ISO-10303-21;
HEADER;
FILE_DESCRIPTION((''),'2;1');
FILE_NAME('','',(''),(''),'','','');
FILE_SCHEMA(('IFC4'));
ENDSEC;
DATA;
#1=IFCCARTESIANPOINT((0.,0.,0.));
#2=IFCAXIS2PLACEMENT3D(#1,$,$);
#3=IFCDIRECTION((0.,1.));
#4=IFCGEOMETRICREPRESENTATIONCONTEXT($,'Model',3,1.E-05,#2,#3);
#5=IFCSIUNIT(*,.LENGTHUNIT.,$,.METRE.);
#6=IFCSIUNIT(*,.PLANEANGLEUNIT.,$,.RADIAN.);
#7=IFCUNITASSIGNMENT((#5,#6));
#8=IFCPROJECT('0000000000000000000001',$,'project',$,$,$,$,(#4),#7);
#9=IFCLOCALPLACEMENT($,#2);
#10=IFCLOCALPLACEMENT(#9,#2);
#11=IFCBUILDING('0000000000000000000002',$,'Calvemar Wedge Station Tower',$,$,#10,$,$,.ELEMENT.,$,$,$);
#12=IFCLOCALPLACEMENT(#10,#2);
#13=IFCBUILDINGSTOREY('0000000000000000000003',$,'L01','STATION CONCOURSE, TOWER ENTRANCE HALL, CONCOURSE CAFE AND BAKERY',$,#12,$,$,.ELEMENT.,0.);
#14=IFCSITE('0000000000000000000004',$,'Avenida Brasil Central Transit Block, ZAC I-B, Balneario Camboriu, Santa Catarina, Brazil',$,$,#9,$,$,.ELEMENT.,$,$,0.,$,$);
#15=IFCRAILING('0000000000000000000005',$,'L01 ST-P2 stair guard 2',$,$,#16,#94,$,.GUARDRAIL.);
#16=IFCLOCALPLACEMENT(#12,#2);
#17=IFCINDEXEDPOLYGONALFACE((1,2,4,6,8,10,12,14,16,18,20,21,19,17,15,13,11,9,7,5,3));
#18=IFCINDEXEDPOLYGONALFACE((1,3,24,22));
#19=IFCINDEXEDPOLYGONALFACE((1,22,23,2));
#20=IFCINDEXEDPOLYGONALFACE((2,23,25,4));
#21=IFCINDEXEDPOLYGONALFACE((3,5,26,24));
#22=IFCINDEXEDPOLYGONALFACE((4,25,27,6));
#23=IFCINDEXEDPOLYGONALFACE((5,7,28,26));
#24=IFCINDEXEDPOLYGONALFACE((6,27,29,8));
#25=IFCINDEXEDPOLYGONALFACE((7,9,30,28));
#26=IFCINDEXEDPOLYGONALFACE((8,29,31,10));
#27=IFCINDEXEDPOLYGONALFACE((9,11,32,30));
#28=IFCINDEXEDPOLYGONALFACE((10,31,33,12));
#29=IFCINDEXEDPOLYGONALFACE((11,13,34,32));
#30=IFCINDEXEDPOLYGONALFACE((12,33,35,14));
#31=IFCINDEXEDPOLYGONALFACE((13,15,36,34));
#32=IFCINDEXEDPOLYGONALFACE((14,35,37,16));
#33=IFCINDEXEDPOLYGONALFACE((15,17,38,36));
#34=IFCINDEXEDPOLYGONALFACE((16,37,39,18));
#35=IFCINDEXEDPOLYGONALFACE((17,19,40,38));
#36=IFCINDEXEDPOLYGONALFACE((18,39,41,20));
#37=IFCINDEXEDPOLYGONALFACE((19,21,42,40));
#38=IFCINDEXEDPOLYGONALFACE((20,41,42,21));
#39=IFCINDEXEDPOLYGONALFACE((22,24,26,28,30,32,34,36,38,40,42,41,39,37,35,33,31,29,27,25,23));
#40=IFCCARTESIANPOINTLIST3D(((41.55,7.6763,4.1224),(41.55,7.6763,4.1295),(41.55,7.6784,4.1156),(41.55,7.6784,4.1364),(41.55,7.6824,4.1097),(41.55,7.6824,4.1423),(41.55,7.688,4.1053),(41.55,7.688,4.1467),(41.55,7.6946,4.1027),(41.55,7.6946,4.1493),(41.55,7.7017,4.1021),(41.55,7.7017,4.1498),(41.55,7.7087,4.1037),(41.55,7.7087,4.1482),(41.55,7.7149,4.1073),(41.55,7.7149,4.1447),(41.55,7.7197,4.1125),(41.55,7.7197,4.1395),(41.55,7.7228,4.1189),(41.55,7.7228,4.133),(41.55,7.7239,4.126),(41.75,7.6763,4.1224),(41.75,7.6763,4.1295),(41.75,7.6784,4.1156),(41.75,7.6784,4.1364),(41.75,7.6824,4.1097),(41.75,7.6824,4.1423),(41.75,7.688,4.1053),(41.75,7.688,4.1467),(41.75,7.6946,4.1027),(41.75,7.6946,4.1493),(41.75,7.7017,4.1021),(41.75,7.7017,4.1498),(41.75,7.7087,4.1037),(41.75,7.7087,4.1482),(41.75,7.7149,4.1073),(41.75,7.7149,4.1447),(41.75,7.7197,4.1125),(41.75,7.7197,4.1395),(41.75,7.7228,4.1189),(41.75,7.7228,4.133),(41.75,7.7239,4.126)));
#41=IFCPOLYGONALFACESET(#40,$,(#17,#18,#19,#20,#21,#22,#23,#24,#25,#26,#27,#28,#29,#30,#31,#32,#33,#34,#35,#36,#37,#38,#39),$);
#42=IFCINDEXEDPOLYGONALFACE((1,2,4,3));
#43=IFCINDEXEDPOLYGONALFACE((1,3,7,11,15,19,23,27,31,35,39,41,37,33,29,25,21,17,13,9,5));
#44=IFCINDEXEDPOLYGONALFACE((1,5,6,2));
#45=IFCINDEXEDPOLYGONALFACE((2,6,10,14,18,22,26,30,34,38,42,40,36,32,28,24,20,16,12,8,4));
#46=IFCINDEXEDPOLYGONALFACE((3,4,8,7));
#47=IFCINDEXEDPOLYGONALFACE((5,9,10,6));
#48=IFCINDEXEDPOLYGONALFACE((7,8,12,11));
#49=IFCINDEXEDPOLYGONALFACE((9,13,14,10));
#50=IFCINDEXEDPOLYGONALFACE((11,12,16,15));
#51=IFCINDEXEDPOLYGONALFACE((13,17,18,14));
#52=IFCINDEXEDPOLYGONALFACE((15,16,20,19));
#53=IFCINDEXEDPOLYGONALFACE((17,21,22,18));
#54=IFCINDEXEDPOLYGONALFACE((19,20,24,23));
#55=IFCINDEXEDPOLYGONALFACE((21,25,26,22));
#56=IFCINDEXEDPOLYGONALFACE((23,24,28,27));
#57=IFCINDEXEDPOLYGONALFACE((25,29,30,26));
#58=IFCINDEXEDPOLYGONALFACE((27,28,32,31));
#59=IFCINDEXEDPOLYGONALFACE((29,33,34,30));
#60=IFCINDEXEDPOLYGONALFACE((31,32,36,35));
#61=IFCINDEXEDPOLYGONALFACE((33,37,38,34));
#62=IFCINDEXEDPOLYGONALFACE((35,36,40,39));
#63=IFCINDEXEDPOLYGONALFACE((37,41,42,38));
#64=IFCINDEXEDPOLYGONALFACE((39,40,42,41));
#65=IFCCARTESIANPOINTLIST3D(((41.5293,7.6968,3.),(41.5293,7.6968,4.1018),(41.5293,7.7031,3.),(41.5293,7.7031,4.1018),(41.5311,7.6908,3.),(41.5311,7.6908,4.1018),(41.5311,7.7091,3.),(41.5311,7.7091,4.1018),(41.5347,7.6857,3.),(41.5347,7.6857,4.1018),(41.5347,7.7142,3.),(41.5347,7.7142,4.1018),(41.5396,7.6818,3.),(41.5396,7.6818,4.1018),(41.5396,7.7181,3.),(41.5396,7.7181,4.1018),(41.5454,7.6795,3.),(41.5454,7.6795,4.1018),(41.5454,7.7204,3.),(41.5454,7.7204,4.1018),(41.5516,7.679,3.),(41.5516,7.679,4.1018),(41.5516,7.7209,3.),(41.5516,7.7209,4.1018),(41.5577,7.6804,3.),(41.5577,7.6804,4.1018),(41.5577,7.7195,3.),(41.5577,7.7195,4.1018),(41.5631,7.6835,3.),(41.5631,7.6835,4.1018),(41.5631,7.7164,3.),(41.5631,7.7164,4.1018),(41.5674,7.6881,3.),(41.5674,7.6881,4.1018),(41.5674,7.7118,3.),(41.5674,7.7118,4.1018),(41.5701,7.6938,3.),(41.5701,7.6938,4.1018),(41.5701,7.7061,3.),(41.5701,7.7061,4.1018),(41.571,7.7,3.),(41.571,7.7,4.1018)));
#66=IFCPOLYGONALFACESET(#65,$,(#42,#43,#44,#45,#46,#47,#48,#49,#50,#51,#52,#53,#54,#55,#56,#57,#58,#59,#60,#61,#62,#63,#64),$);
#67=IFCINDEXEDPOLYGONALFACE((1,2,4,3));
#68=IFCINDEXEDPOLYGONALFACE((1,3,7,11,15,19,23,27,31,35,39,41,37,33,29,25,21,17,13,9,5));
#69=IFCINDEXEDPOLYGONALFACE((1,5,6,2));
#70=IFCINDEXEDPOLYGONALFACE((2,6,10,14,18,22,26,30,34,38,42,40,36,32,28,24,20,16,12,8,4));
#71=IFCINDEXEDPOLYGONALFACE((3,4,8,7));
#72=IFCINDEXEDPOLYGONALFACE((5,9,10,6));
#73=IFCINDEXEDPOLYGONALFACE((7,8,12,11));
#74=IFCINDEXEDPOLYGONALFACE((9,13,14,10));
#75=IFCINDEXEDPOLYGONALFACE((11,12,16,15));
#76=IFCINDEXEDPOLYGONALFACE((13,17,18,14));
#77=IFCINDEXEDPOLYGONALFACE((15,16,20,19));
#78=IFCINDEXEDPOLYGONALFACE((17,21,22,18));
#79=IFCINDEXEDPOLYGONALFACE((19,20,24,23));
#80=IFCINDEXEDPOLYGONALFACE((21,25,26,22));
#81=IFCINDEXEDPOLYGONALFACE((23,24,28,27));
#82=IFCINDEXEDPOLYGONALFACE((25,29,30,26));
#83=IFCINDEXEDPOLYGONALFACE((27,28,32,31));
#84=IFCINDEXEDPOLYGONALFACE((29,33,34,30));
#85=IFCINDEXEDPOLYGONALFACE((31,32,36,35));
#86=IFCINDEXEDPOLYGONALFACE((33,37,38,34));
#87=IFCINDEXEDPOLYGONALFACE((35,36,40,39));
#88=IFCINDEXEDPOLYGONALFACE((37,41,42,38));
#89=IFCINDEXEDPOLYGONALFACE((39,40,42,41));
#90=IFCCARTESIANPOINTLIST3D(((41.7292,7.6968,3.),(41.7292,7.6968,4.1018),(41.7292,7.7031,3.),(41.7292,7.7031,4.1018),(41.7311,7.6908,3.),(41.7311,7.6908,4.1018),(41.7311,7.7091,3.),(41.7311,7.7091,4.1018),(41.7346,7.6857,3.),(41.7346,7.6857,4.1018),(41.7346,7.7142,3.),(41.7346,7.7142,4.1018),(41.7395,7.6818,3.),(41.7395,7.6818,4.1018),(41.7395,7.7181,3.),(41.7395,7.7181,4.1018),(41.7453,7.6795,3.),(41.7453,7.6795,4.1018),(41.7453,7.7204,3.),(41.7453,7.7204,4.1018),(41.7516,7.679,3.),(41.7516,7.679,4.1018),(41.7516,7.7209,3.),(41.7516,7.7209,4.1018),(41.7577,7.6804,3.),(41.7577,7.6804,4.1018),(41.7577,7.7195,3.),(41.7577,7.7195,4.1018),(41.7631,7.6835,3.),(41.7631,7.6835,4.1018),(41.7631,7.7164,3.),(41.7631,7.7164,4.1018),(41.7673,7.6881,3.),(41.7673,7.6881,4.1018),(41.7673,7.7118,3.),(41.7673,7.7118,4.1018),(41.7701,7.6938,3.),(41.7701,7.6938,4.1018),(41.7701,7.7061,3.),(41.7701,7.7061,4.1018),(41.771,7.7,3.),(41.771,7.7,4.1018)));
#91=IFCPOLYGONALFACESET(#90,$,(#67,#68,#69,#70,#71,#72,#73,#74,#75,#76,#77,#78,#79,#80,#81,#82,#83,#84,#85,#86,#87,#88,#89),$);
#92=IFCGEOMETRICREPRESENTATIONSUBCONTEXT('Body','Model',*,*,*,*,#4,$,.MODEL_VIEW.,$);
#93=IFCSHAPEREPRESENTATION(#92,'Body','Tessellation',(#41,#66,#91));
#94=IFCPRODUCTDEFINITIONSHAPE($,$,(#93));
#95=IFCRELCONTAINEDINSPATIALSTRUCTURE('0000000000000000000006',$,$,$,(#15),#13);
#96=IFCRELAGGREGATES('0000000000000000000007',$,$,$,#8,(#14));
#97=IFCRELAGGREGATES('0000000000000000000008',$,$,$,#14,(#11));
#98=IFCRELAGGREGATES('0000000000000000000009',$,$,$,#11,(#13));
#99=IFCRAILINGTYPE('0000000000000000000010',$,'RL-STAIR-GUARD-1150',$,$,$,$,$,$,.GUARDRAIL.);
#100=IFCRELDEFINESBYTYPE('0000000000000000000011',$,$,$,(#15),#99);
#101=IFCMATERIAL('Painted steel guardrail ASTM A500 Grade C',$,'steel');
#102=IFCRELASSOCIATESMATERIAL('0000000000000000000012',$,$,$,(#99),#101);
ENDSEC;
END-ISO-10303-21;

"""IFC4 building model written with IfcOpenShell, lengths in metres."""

from ifc_helpers import new_model, si_unit, direction, frame, origin, origin_2d, place, context, subcontext, project, spatial, circle, extrude, material, type_object, element, save


model = new_model("IFC4")

# Units and contexts
model_context = context("Model", 3, precision=1e-05, world=origin(), true_north=direction((0.0, 1.0)))
body_context = subcontext(model_context, "Body", "Model", "MODEL_VIEW")
ifc_project = project(units=[si_unit("LENGTHUNIT", "METRE"), si_unit("PLANEANGLEUNIT", "RADIAN")], contexts=[model_context])

# Site, building, storey
site_placement = place(None, origin())
site = spatial("IfcSite", under=ifc_project, at=site_placement, Name="Avenida Brasil Central Transit Block, ZAC I-B, Balneario Camboriu, Santa Catarina, Brazil", CompositionType="ELEMENT", RefElevation=0.0)
building_placement = place(site_placement, origin())
building = spatial("IfcBuilding", under=site, at=building_placement, Name="Calvemar Wedge Station Tower", CompositionType="ELEMENT")
storey_placement = place(building_placement, origin())
storey = spatial("IfcBuildingStorey", under=building, at=storey_placement, Name="L01", Description="STATION CONCOURSE, TOWER ENTRANCE HALL, CONCOURSE CAFE AND BAKERY", CompositionType="ELEMENT", Elevation=0.0)

# Railing
ifc_material_1 = material(Name="Painted steel guardrail ASTM A500 Grade C", Category="steel")
railing_type_1 = type_object("IfcRailingType", Name="RL-STAIR-GUARD-1150", PredefinedType="GUARDRAIL", material=ifc_material_1)
railing_1_placement = place(storey_placement, frame((41.55, 7.7, 3.0)))
element("IfcRailing", 1, at=railing_1_placement, inside=storey, type_object=railing_type_1, Name="L01 ST-P2 stair guard 2", PredefinedType="GUARDRAIL", context=body_context, shape_type="SweptSolid", body=[
    extrude(circle(Radius=0.0239, at=origin_2d()), frame((0.0, 0.0, 1.126), z_axis=(1.0, 0.0, 0.0), x_axis=(0.0, 1.0, 0.0)), (0.0, 0.0, 1.0), 0.2),
    extrude(circle(Radius=0.021, at=origin_2d()), origin(), (0.0, 0.0, 1.0), 1.1018),
    extrude(circle(Radius=0.021, at=origin_2d()), frame((0.2, 0.0, 0.0)), (0.0, 0.0, 1.0), 1.1018),
])

save(model, "model.ifc")
